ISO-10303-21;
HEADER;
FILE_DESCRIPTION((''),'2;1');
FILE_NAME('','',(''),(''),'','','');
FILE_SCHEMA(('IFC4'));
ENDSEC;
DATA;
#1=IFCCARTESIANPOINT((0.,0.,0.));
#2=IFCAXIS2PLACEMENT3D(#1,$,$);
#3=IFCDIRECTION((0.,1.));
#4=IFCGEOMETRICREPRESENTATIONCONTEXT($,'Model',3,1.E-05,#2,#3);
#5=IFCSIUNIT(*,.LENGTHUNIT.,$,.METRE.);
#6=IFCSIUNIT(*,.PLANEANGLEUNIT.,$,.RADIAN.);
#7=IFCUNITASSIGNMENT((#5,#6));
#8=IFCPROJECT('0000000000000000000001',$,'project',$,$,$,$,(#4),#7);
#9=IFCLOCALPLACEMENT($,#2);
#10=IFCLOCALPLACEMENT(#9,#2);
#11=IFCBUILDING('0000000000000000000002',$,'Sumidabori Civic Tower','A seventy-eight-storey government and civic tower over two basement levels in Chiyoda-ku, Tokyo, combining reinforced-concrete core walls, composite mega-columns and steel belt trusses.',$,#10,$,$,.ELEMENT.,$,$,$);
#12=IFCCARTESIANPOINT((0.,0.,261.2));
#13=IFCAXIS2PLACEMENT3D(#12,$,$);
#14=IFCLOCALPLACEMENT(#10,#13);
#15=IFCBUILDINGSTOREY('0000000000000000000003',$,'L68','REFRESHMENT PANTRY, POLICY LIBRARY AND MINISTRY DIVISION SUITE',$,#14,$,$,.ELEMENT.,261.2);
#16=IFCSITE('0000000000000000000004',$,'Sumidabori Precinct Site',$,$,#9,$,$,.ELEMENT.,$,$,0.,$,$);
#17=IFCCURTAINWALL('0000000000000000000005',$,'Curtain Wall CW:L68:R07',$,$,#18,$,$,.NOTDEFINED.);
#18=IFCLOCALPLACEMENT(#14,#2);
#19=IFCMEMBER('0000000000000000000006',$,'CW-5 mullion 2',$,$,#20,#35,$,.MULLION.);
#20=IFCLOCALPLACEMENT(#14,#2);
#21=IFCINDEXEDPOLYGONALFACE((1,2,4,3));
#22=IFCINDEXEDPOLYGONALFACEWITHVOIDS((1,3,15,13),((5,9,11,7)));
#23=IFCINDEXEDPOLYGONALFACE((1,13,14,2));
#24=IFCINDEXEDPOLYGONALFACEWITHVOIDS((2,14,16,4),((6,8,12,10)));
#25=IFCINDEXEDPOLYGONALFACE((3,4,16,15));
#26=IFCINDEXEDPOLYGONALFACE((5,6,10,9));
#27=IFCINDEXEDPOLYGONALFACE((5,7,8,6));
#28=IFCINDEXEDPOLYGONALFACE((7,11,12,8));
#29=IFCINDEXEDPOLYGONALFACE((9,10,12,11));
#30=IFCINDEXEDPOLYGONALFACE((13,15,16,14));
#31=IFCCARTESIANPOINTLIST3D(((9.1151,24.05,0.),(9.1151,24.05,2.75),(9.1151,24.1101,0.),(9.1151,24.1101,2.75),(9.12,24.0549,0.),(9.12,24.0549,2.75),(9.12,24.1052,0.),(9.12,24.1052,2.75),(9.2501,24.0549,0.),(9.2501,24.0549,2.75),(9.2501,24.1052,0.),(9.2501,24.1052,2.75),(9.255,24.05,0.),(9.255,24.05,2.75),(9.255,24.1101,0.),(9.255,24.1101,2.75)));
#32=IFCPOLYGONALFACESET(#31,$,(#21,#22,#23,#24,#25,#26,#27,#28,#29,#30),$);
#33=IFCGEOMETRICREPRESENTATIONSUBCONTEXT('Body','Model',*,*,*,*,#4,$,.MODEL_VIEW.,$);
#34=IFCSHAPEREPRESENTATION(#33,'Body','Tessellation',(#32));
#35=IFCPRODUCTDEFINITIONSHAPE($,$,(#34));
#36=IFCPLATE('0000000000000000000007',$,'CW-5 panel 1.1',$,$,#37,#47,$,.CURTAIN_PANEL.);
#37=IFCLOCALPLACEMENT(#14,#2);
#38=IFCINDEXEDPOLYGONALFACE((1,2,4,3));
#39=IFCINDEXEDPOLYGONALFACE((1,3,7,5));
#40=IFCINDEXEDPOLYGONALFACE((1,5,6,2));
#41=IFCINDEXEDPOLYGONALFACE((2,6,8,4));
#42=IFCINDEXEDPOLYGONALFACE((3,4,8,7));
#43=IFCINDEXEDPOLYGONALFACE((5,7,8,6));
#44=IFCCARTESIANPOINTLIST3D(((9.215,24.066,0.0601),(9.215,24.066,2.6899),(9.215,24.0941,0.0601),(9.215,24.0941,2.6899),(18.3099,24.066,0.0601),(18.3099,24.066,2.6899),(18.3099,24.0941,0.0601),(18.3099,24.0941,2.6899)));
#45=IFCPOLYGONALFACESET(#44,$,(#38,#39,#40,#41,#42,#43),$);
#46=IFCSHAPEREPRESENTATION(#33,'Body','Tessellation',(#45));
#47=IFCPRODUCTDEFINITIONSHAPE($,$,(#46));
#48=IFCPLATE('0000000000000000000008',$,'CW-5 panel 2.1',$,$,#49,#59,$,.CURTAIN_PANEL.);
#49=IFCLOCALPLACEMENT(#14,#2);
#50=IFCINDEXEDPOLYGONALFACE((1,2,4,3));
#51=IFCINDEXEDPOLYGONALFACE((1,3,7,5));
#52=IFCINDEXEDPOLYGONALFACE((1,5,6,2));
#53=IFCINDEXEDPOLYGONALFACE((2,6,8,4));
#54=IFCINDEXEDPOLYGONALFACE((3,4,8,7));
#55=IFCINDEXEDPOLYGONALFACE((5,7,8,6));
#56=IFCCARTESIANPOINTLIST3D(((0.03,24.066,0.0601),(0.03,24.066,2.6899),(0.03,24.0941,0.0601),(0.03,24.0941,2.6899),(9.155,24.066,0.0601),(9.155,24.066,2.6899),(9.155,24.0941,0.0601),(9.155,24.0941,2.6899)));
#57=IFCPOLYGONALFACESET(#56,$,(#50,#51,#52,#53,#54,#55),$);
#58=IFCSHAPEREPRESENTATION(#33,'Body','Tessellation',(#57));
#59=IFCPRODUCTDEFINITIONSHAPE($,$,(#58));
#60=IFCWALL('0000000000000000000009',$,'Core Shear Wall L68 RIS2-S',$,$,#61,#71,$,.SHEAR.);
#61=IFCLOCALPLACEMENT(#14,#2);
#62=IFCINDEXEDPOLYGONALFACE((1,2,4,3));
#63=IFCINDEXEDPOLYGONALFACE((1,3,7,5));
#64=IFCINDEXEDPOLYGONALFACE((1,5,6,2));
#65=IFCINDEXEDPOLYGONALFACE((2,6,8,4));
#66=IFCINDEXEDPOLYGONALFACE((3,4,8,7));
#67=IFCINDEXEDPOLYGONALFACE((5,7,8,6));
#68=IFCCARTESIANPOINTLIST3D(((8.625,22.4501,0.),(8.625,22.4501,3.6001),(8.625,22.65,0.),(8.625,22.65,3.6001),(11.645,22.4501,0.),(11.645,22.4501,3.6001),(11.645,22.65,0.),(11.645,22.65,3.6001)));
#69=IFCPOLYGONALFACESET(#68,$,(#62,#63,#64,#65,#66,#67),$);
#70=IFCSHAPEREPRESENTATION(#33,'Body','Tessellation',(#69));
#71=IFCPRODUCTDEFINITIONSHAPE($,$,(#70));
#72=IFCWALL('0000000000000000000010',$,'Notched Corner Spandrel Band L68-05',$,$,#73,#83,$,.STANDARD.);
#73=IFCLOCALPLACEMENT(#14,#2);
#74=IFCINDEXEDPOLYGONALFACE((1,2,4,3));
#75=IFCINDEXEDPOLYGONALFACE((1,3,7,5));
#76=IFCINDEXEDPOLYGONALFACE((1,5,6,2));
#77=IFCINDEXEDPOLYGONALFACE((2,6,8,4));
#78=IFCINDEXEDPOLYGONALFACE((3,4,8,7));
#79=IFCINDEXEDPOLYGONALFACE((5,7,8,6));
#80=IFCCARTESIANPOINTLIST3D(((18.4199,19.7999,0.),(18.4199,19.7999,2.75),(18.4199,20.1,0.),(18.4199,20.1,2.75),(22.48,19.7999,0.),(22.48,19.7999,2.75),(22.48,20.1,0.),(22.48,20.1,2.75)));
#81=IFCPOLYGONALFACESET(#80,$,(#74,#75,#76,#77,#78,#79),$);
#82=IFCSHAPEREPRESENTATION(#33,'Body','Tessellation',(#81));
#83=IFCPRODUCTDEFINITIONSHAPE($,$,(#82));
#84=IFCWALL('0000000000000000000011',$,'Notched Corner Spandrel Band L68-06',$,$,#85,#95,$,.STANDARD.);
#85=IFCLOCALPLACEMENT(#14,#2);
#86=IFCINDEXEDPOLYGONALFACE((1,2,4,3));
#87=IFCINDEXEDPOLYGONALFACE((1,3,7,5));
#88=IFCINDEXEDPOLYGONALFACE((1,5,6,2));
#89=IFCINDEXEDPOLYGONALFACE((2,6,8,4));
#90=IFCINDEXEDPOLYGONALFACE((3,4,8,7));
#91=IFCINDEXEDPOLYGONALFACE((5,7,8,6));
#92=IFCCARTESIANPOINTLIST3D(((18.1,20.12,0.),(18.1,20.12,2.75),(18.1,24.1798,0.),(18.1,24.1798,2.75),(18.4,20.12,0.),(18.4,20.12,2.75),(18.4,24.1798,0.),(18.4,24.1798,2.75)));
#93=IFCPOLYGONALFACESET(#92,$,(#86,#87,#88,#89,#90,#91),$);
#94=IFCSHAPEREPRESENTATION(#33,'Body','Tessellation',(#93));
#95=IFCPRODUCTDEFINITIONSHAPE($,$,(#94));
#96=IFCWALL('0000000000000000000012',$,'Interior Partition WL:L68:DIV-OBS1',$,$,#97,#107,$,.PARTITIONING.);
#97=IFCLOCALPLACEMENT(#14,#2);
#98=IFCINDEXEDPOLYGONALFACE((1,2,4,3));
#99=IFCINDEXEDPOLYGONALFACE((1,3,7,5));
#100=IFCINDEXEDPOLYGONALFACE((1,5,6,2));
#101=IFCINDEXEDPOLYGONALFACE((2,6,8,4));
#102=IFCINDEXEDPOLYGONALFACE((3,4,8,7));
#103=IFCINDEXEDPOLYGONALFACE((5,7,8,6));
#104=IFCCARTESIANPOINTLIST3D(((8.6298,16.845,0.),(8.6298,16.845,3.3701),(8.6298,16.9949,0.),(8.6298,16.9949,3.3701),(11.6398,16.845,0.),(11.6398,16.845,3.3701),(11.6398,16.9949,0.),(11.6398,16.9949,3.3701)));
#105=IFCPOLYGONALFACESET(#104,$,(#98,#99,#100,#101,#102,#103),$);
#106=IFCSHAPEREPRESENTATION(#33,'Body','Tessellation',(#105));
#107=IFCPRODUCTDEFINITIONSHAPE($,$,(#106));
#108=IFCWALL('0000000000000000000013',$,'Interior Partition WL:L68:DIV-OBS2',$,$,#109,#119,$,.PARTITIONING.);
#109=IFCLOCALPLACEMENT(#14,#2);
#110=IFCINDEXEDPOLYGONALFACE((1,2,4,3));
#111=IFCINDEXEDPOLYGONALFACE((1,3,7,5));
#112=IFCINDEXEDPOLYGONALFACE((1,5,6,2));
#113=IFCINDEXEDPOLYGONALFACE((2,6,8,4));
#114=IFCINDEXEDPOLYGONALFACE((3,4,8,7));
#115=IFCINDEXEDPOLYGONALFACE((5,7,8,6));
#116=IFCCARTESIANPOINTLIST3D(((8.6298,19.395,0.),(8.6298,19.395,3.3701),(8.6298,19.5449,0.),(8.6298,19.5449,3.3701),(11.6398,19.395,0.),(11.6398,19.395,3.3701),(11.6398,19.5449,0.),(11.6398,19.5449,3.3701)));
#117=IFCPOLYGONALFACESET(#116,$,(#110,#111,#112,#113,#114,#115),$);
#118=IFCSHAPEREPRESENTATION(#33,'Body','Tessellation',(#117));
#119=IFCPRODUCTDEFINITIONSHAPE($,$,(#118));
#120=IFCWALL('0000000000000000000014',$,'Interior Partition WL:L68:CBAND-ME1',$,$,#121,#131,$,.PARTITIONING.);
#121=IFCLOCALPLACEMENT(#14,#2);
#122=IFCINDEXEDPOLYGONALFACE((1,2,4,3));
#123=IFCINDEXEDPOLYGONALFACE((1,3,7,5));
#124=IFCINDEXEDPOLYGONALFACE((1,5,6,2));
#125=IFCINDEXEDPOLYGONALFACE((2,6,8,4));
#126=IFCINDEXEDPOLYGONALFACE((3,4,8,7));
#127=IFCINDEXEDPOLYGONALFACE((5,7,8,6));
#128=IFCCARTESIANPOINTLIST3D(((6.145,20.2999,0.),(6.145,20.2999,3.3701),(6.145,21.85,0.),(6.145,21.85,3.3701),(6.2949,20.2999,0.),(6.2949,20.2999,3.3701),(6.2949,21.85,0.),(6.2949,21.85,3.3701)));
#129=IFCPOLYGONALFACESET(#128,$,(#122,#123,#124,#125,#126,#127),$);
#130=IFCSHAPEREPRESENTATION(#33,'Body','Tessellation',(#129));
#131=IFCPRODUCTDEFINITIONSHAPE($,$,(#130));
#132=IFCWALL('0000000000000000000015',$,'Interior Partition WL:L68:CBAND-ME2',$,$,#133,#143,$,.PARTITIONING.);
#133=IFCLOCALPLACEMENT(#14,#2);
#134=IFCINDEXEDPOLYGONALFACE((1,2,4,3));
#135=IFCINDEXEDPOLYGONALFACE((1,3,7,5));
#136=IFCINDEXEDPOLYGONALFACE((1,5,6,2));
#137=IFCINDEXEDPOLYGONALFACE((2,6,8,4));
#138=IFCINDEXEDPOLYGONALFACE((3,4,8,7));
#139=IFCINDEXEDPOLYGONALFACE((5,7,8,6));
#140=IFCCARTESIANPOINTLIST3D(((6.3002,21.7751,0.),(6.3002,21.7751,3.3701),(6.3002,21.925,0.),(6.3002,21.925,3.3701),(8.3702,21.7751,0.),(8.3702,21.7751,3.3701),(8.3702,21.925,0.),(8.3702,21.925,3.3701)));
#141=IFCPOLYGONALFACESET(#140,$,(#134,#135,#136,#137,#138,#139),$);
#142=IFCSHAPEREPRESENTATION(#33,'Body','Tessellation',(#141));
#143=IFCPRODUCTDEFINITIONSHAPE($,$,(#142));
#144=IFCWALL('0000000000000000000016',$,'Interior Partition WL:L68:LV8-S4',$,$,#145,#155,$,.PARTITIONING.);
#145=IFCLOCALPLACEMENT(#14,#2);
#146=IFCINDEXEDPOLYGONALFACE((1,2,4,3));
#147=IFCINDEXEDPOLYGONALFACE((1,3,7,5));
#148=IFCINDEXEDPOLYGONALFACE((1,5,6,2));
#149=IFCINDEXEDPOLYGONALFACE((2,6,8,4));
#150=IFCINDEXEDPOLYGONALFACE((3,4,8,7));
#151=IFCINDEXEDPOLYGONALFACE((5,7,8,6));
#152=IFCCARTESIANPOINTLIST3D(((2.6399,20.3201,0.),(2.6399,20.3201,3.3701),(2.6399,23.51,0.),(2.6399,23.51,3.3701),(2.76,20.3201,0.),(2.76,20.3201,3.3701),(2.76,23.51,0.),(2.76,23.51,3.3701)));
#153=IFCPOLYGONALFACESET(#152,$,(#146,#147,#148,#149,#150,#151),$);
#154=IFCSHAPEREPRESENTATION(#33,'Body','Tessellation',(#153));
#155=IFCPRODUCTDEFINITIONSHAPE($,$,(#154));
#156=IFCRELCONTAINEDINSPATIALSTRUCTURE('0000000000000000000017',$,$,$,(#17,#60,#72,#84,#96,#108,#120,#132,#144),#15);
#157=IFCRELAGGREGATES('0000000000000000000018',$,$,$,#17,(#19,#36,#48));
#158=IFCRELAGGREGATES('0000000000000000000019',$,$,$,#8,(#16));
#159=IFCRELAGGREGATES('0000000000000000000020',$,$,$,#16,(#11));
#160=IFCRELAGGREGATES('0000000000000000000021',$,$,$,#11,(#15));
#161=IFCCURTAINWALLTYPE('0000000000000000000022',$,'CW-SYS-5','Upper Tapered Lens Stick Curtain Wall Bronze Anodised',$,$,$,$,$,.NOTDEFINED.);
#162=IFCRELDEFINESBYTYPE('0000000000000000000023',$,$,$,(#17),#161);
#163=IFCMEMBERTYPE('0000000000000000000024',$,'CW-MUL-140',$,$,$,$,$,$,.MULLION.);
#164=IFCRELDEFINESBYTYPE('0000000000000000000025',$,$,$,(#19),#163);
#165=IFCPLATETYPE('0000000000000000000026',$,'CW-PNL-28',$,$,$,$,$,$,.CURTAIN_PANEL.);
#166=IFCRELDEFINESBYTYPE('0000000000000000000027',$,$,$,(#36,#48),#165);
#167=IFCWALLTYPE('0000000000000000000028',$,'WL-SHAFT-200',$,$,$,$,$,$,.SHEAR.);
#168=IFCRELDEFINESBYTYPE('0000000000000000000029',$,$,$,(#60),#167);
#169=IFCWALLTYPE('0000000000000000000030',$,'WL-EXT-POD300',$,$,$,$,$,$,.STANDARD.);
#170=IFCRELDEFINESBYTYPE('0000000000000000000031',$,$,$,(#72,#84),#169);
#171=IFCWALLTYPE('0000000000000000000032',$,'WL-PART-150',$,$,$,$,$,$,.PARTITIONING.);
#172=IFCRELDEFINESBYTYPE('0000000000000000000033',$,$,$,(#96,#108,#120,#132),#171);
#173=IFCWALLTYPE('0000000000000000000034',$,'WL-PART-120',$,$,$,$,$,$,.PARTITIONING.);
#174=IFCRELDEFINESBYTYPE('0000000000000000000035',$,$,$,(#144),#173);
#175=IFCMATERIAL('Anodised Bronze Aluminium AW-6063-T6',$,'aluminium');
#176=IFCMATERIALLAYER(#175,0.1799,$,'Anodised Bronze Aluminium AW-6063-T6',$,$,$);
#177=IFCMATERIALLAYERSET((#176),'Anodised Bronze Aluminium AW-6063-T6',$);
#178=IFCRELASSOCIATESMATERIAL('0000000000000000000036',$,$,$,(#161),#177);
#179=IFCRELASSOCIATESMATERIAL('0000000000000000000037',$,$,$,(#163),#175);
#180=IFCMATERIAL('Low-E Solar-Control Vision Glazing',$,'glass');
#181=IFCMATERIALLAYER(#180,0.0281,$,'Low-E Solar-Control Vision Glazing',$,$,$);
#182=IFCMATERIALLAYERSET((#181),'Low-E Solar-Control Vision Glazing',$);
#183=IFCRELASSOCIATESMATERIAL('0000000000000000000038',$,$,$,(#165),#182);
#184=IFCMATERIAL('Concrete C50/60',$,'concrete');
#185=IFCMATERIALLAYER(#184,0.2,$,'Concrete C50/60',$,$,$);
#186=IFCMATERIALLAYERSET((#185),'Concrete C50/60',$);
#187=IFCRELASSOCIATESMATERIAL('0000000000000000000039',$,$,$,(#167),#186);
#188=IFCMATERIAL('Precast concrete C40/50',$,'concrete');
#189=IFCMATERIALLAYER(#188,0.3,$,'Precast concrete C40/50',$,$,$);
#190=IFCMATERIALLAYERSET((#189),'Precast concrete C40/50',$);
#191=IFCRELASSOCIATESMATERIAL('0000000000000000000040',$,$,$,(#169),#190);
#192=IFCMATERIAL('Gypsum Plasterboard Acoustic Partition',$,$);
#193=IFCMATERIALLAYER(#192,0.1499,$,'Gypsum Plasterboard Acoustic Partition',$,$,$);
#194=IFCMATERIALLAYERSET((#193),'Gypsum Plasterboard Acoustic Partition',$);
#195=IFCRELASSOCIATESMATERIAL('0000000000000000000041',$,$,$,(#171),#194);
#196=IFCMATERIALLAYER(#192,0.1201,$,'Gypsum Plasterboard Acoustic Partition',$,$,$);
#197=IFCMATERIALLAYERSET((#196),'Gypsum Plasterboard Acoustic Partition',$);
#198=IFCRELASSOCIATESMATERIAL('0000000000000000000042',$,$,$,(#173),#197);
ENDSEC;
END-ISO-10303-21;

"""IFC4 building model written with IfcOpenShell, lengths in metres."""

from ifc_helpers import new_model, si_unit, direction, frame, frame_2d, origin, origin_2d, place, context, subcontext, project, spatial, rectangle, hollow_rectangle, extrude, source, transform, mapped, material, layer, layer_set, material_profile, profile_set, type_object, element, aggregate, save


model = new_model("IFC4")

# Units and contexts
model_context = context("Model", 3, precision=1e-05, world=origin(), true_north=direction((0.0, 1.0)))
body_context = subcontext(model_context, "Body", "Model", "MODEL_VIEW")
ifc_project = project(units=[si_unit("LENGTHUNIT", "METRE"), si_unit("PLANEANGLEUNIT", "RADIAN")], contexts=[model_context])

# Site, building, storey
site_placement = place(None, origin())
site = spatial("IfcSite", under=ifc_project, at=site_placement, Name="Sumidabori Precinct Site", CompositionType="ELEMENT", RefElevation=0.0)
building_placement = place(site_placement, origin())
building = spatial("IfcBuilding", under=site, at=building_placement, Name="Sumidabori Civic Tower", Description="A seventy-eight-storey government and civic tower over two basement levels in Chiyoda-ku, Tokyo, combining reinforced-concrete core walls, composite mega-columns and steel belt trusses.", CompositionType="ELEMENT")
storey_placement = place(building_placement, frame((0.0, 0.0, 261.2)))
storey = spatial("IfcBuildingStorey", under=building, at=storey_placement, Name="L68", Description="REFRESHMENT PANTRY, POLICY LIBRARY AND MINISTRY DIVISION SUITE", CompositionType="ELEMENT", Elevation=261.2)

# Curtain wall
ifc_material_1 = material(Name="Anodised Bronze Aluminium AW-6063-T6", Category="aluminium")
ifc_layer_1 = layer(ifc_material_1, 0.1799, Name="Anodised Bronze Aluminium AW-6063-T6")
ifc_layer_set_1 = layer_set([ifc_layer_1], Name="Anodised Bronze Aluminium AW-6063-T6")
curtain_wall_type = type_object("IfcCurtainWallType", Name="CW-SYS-5", Description="Upper Tapered Lens Stick Curtain Wall Bronze Anodised", PredefinedType="NOTDEFINED", material=ifc_layer_set_1)
curtain_wall_1_placement = place(storey_placement, origin())
curtain_wall_1 = element("IfcCurtainWall", 1, at=curtain_wall_1_placement, inside=storey, type_object=curtain_wall_type, Name="Curtain Wall CW:L68:R07", PredefinedType="NOTDEFINED")

# Shared definitions
ifc_material_profile_1 = material_profile(ifc_material_1, hollow_rectangle(XDim=0.0601, YDim=0.1399, WallThickness=0.0049, at=origin_2d()), Name="ALU MULLION 140x60")
ifc_profile_set_1 = profile_set([ifc_material_profile_1], Name="Anodised Bronze Aluminium AW-6063-T6")
member_type_1 = type_object("IfcMemberType", Name="CW-MUL-140", PredefinedType="MULLION", material=ifc_profile_set_1)
shared_shape_1 = source(origin(), body_context, "Body", "SweptSolid", [
    extrude(hollow_rectangle(XDim=0.0601, YDim=0.1399, WallThickness=0.0049, at=origin_2d()), origin(), (0.0, 0.0, 1.0), 2.75),
])

# Member
member_1_placement = place(storey_placement, frame((9.1851, 24.0801, 0.0), z_axis=(0.0, 0.0, 1.0), x_axis=(0.0, -1.0, 0.0)))
member_1 = element("IfcMember", 2, at=member_1_placement, type_object=member_type_1, Name="CW-5 mullion 2", PredefinedType="MULLION", context=body_context, shape_type="MappedRepresentation", body=[
    mapped(shared_shape_1, transform((0.0, 0.0, 0.0), x_axis=(1.0, 0.0, 0.0), y_axis=(0.0, 1.0, 0.0), z_axis=(0.0, 0.0, 1.0), scale=1.0)),
])

# Plates
ifc_material_2 = material(Name="Low-E Solar-Control Vision Glazing", Category="glass")
ifc_layer_2 = layer(ifc_material_2, 0.0281, Name="Low-E Solar-Control Vision Glazing")
ifc_layer_set_2 = layer_set([ifc_layer_2], Name="Low-E Solar-Control Vision Glazing")
plate_type = type_object("IfcPlateType", Name="CW-PNL-28", PredefinedType="CURTAIN_PANEL", material=ifc_layer_set_2)
shared_shape_2 = source(origin(), body_context, "Body", "SweptSolid", [
    extrude(rectangle(XDim=9.095, YDim=0.0281, at=origin_2d()), origin(), (0.0, 0.0, 1.0), 2.6299),
])
plate_1_placement = place(storey_placement, frame((13.7625, 24.0801, 0.0601), z_axis=(0.0, 0.0, 1.0), x_axis=(-1.0, 0.0, 0.0)))
plate_1 = element("IfcPlate", 3, at=plate_1_placement, type_object=plate_type, Name="CW-5 panel 1.1", PredefinedType="CURTAIN_PANEL", context=body_context, shape_type="MappedRepresentation", body=[
    mapped(shared_shape_2, transform((0.0, 0.0, 0.0), x_axis=(1.0, 0.0, 0.0), y_axis=(0.0, 1.0, 0.0), z_axis=(0.0, 0.0, 1.0), scale=1.0)),
])
shared_shape_3 = source(origin(), body_context, "Body", "SweptSolid", [
    extrude(rectangle(XDim=9.125, YDim=0.0281, at=origin_2d()), origin(), (0.0, 0.0, 1.0), 2.6299),
])
plate_2_placement = place(storey_placement, frame((4.5925, 24.0801, 0.0601), z_axis=(0.0, 0.0, 1.0), x_axis=(-1.0, 0.0, 0.0)))
plate_2 = element("IfcPlate", 4, at=plate_2_placement, type_object=plate_type, Name="CW-5 panel 2.1", PredefinedType="CURTAIN_PANEL", context=body_context, shape_type="MappedRepresentation", body=[
    mapped(shared_shape_3, transform((0.0, 0.0, 0.0), x_axis=(1.0, 0.0, 0.0), y_axis=(0.0, 1.0, 0.0), z_axis=(0.0, 0.0, 1.0), scale=1.0)),
])
aggregate(curtain_wall_1, [member_1, plate_1, plate_2])

# Walls
ifc_material_3 = material(Name="Concrete C50/60", Category="concrete")
ifc_layer_3 = layer(ifc_material_3, 0.2, Name="Concrete C50/60")
ifc_layer_set_3 = layer_set([ifc_layer_3], Name="Concrete C50/60")
wall_type_1 = type_object("IfcWallType", Name="WL-SHAFT-200", PredefinedType="SHEAR", material=ifc_layer_set_3)
shared_shape_4 = source(origin(), body_context, "Body", "SweptSolid", [
    extrude(rectangle(XDim=3.02, YDim=0.2, at=frame_2d((1.51, 0.0))), origin(), (0.0, 0.0, 1.0), 3.6001),
])
wall_1_placement = place(storey_placement, frame((8.625, 22.55, 0.0), z_axis=(0.0, 0.0, 1.0), x_axis=(1.0, 0.0, 0.0)))
element("IfcWall", 5, at=wall_1_placement, inside=storey, type_object=wall_type_1, Name="Core Shear Wall L68 RIS2-S", PredefinedType="SHEAR", context=body_context, shape_type="MappedRepresentation", body=[
    mapped(shared_shape_4, transform((0.0, 0.0, 0.0), x_axis=(1.0, 0.0, 0.0), y_axis=(0.0, 1.0, 0.0), z_axis=(0.0, 0.0, 1.0), scale=1.0)),
])
ifc_material_4 = material(Name="Precast concrete C40/50", Category="concrete")
ifc_layer_4 = layer(ifc_material_4, 0.3, Name="Precast concrete C40/50")
ifc_layer_set_4 = layer_set([ifc_layer_4], Name="Precast concrete C40/50")
wall_type_2 = type_object("IfcWallType", Name="WL-EXT-POD300", PredefinedType="STANDARD", material=ifc_layer_set_4)
shared_shape_5 = source(origin(), body_context, "Body", "SweptSolid", [
    extrude(rectangle(XDim=4.0601, YDim=0.3, at=frame_2d((2.03, 0.0))), origin(), (0.0, 0.0, 1.0), 2.75),
])
wall_2_placement = place(storey_placement, frame((22.48, 19.95, 0.0), z_axis=(0.0, 0.0, 1.0), x_axis=(-1.0, 0.0, 0.0)))
element("IfcWall", 6, at=wall_2_placement, inside=storey, type_object=wall_type_2, Name="Notched Corner Spandrel Band L68-05", PredefinedType="STANDARD", context=body_context, shape_type="MappedRepresentation", body=[
    mapped(shared_shape_5, transform((0.0, 0.0, 0.0), x_axis=(1.0, 0.0, 0.0), y_axis=(0.0, 1.0, 0.0), z_axis=(0.0, 0.0, 1.0), scale=1.0)),
])
shared_shape_6 = source(origin(), body_context, "Body", "SweptSolid", [
    extrude(rectangle(XDim=4.0598, YDim=0.3, at=frame_2d((2.0298, 0.0))), origin(), (0.0, 0.0, 1.0), 2.75),
])
wall_3_placement = place(storey_placement, frame((18.25, 20.1201, 0.0), z_axis=(0.0, 0.0, 1.0), x_axis=(0.0, 1.0, 0.0)))
element("IfcWall", 7, at=wall_3_placement, inside=storey, type_object=wall_type_2, Name="Notched Corner Spandrel Band L68-06", PredefinedType="STANDARD", context=body_context, shape_type="MappedRepresentation", body=[
    mapped(shared_shape_6, transform((0.0, 0.0, 0.0), x_axis=(1.0, 0.0, 0.0), y_axis=(0.0, 1.0, 0.0), z_axis=(0.0, 0.0, 1.0), scale=1.0)),
])
ifc_material_5 = material(Name="Gypsum Plasterboard Acoustic Partition")
ifc_layer_5 = layer(ifc_material_5, 0.1499, Name="Gypsum Plasterboard Acoustic Partition")
ifc_layer_set_5 = layer_set([ifc_layer_5], Name="Gypsum Plasterboard Acoustic Partition")
wall_type_3 = type_object("IfcWallType", Name="WL-PART-150", PredefinedType="PARTITIONING", material=ifc_layer_set_5)
shared_shape_7 = source(origin(), body_context, "Body", "SweptSolid", [
    extrude(rectangle(XDim=3.01, YDim=0.1499, at=frame_2d((1.5049, 0.0))), origin(), (0.0, 0.0, 1.0), 3.3701),
])
for number, where, z_axis, x_axis, name in (
    (8, (8.6299, 16.9199, 0.0), (0.0, 0.0, 1.0), (1.0, 0.0, 0.0), "Interior Partition WL:L68:DIV-OBS1"),
    (9, (8.6299, 19.47, 0.0), (0.0, 0.0, 1.0), (1.0, 0.0, 0.0), "Interior Partition WL:L68:DIV-OBS2"),
):
    element("IfcWall", number, at=place(storey_placement, frame(where, z_axis=z_axis, x_axis=x_axis)), inside=storey, type_object=wall_type_3, Name=name, PredefinedType="PARTITIONING", context=body_context, shape_type="MappedRepresentation", body=[
        mapped(shared_shape_7, transform((0.0, 0.0, 0.0), x_axis=(1.0, 0.0, 0.0), y_axis=(0.0, 1.0, 0.0), z_axis=(0.0, 0.0, 1.0), scale=1.0)),
    ])
shared_shape_8 = source(origin(), body_context, "Body", "SweptSolid", [
    extrude(rectangle(XDim=1.55, YDim=0.1499, at=frame_2d((0.7749, 0.0))), origin(), (0.0, 0.0, 1.0), 3.3701),
])
wall_4_placement = place(storey_placement, frame((6.22, 20.3, 0.0), z_axis=(0.0, 0.0, 1.0), x_axis=(0.0, 1.0, 0.0)))
element("IfcWall", 10, at=wall_4_placement, inside=storey, type_object=wall_type_3, Name="Interior Partition WL:L68:CBAND-ME1", PredefinedType="PARTITIONING", context=body_context, shape_type="MappedRepresentation", body=[
    mapped(shared_shape_8, transform((0.0, 0.0, 0.0), x_axis=(1.0, 0.0, 0.0), y_axis=(0.0, 1.0, 0.0), z_axis=(0.0, 0.0, 1.0), scale=1.0)),
])
shared_shape_9 = source(origin(), body_context, "Body", "SweptSolid", [
    extrude(rectangle(XDim=2.0701, YDim=0.1499, at=frame_2d((1.0352, 0.0))), origin(), (0.0, 0.0, 1.0), 3.3701),
])
wall_5_placement = place(storey_placement, frame((6.3, 21.8501, 0.0), z_axis=(0.0, 0.0, 1.0), x_axis=(1.0, 0.0, 0.0)))
element("IfcWall", 11, at=wall_5_placement, inside=storey, type_object=wall_type_3, Name="Interior Partition WL:L68:CBAND-ME2", PredefinedType="PARTITIONING", context=body_context, shape_type="MappedRepresentation", body=[
    mapped(shared_shape_9, transform((0.0, 0.0, 0.0), x_axis=(1.0, 0.0, 0.0), y_axis=(0.0, 1.0, 0.0), z_axis=(0.0, 0.0, 1.0), scale=1.0)),
])
ifc_layer_6 = layer(ifc_material_5, 0.1201, Name="Gypsum Plasterboard Acoustic Partition")
ifc_layer_set_6 = layer_set([ifc_layer_6], Name="Gypsum Plasterboard Acoustic Partition")
wall_type_4 = type_object("IfcWallType", Name="WL-PART-120", PredefinedType="PARTITIONING", material=ifc_layer_set_6)
shared_shape_10 = source(origin(), body_context, "Body", "SweptSolid", [
    extrude(rectangle(XDim=3.1899, YDim=0.1201, at=frame_2d((1.595, 0.0))), origin(), (0.0, 0.0, 1.0), 3.3701),
])
wall_6_placement = place(storey_placement, frame((2.7, 20.3201, 0.0), z_axis=(0.0, 0.0, 1.0), x_axis=(0.0, 1.0, 0.0)))
element("IfcWall", 12, at=wall_6_placement, inside=storey, type_object=wall_type_4, Name="Interior Partition WL:L68:LV8-S4", PredefinedType="PARTITIONING", context=body_context, shape_type="MappedRepresentation", body=[
    mapped(shared_shape_10, transform((0.0, 0.0, 0.0), x_axis=(1.0, 0.0, 0.0), y_axis=(0.0, 1.0, 0.0), z_axis=(0.0, 0.0, 1.0), scale=1.0)),
])

save(model, "model.ifc")
